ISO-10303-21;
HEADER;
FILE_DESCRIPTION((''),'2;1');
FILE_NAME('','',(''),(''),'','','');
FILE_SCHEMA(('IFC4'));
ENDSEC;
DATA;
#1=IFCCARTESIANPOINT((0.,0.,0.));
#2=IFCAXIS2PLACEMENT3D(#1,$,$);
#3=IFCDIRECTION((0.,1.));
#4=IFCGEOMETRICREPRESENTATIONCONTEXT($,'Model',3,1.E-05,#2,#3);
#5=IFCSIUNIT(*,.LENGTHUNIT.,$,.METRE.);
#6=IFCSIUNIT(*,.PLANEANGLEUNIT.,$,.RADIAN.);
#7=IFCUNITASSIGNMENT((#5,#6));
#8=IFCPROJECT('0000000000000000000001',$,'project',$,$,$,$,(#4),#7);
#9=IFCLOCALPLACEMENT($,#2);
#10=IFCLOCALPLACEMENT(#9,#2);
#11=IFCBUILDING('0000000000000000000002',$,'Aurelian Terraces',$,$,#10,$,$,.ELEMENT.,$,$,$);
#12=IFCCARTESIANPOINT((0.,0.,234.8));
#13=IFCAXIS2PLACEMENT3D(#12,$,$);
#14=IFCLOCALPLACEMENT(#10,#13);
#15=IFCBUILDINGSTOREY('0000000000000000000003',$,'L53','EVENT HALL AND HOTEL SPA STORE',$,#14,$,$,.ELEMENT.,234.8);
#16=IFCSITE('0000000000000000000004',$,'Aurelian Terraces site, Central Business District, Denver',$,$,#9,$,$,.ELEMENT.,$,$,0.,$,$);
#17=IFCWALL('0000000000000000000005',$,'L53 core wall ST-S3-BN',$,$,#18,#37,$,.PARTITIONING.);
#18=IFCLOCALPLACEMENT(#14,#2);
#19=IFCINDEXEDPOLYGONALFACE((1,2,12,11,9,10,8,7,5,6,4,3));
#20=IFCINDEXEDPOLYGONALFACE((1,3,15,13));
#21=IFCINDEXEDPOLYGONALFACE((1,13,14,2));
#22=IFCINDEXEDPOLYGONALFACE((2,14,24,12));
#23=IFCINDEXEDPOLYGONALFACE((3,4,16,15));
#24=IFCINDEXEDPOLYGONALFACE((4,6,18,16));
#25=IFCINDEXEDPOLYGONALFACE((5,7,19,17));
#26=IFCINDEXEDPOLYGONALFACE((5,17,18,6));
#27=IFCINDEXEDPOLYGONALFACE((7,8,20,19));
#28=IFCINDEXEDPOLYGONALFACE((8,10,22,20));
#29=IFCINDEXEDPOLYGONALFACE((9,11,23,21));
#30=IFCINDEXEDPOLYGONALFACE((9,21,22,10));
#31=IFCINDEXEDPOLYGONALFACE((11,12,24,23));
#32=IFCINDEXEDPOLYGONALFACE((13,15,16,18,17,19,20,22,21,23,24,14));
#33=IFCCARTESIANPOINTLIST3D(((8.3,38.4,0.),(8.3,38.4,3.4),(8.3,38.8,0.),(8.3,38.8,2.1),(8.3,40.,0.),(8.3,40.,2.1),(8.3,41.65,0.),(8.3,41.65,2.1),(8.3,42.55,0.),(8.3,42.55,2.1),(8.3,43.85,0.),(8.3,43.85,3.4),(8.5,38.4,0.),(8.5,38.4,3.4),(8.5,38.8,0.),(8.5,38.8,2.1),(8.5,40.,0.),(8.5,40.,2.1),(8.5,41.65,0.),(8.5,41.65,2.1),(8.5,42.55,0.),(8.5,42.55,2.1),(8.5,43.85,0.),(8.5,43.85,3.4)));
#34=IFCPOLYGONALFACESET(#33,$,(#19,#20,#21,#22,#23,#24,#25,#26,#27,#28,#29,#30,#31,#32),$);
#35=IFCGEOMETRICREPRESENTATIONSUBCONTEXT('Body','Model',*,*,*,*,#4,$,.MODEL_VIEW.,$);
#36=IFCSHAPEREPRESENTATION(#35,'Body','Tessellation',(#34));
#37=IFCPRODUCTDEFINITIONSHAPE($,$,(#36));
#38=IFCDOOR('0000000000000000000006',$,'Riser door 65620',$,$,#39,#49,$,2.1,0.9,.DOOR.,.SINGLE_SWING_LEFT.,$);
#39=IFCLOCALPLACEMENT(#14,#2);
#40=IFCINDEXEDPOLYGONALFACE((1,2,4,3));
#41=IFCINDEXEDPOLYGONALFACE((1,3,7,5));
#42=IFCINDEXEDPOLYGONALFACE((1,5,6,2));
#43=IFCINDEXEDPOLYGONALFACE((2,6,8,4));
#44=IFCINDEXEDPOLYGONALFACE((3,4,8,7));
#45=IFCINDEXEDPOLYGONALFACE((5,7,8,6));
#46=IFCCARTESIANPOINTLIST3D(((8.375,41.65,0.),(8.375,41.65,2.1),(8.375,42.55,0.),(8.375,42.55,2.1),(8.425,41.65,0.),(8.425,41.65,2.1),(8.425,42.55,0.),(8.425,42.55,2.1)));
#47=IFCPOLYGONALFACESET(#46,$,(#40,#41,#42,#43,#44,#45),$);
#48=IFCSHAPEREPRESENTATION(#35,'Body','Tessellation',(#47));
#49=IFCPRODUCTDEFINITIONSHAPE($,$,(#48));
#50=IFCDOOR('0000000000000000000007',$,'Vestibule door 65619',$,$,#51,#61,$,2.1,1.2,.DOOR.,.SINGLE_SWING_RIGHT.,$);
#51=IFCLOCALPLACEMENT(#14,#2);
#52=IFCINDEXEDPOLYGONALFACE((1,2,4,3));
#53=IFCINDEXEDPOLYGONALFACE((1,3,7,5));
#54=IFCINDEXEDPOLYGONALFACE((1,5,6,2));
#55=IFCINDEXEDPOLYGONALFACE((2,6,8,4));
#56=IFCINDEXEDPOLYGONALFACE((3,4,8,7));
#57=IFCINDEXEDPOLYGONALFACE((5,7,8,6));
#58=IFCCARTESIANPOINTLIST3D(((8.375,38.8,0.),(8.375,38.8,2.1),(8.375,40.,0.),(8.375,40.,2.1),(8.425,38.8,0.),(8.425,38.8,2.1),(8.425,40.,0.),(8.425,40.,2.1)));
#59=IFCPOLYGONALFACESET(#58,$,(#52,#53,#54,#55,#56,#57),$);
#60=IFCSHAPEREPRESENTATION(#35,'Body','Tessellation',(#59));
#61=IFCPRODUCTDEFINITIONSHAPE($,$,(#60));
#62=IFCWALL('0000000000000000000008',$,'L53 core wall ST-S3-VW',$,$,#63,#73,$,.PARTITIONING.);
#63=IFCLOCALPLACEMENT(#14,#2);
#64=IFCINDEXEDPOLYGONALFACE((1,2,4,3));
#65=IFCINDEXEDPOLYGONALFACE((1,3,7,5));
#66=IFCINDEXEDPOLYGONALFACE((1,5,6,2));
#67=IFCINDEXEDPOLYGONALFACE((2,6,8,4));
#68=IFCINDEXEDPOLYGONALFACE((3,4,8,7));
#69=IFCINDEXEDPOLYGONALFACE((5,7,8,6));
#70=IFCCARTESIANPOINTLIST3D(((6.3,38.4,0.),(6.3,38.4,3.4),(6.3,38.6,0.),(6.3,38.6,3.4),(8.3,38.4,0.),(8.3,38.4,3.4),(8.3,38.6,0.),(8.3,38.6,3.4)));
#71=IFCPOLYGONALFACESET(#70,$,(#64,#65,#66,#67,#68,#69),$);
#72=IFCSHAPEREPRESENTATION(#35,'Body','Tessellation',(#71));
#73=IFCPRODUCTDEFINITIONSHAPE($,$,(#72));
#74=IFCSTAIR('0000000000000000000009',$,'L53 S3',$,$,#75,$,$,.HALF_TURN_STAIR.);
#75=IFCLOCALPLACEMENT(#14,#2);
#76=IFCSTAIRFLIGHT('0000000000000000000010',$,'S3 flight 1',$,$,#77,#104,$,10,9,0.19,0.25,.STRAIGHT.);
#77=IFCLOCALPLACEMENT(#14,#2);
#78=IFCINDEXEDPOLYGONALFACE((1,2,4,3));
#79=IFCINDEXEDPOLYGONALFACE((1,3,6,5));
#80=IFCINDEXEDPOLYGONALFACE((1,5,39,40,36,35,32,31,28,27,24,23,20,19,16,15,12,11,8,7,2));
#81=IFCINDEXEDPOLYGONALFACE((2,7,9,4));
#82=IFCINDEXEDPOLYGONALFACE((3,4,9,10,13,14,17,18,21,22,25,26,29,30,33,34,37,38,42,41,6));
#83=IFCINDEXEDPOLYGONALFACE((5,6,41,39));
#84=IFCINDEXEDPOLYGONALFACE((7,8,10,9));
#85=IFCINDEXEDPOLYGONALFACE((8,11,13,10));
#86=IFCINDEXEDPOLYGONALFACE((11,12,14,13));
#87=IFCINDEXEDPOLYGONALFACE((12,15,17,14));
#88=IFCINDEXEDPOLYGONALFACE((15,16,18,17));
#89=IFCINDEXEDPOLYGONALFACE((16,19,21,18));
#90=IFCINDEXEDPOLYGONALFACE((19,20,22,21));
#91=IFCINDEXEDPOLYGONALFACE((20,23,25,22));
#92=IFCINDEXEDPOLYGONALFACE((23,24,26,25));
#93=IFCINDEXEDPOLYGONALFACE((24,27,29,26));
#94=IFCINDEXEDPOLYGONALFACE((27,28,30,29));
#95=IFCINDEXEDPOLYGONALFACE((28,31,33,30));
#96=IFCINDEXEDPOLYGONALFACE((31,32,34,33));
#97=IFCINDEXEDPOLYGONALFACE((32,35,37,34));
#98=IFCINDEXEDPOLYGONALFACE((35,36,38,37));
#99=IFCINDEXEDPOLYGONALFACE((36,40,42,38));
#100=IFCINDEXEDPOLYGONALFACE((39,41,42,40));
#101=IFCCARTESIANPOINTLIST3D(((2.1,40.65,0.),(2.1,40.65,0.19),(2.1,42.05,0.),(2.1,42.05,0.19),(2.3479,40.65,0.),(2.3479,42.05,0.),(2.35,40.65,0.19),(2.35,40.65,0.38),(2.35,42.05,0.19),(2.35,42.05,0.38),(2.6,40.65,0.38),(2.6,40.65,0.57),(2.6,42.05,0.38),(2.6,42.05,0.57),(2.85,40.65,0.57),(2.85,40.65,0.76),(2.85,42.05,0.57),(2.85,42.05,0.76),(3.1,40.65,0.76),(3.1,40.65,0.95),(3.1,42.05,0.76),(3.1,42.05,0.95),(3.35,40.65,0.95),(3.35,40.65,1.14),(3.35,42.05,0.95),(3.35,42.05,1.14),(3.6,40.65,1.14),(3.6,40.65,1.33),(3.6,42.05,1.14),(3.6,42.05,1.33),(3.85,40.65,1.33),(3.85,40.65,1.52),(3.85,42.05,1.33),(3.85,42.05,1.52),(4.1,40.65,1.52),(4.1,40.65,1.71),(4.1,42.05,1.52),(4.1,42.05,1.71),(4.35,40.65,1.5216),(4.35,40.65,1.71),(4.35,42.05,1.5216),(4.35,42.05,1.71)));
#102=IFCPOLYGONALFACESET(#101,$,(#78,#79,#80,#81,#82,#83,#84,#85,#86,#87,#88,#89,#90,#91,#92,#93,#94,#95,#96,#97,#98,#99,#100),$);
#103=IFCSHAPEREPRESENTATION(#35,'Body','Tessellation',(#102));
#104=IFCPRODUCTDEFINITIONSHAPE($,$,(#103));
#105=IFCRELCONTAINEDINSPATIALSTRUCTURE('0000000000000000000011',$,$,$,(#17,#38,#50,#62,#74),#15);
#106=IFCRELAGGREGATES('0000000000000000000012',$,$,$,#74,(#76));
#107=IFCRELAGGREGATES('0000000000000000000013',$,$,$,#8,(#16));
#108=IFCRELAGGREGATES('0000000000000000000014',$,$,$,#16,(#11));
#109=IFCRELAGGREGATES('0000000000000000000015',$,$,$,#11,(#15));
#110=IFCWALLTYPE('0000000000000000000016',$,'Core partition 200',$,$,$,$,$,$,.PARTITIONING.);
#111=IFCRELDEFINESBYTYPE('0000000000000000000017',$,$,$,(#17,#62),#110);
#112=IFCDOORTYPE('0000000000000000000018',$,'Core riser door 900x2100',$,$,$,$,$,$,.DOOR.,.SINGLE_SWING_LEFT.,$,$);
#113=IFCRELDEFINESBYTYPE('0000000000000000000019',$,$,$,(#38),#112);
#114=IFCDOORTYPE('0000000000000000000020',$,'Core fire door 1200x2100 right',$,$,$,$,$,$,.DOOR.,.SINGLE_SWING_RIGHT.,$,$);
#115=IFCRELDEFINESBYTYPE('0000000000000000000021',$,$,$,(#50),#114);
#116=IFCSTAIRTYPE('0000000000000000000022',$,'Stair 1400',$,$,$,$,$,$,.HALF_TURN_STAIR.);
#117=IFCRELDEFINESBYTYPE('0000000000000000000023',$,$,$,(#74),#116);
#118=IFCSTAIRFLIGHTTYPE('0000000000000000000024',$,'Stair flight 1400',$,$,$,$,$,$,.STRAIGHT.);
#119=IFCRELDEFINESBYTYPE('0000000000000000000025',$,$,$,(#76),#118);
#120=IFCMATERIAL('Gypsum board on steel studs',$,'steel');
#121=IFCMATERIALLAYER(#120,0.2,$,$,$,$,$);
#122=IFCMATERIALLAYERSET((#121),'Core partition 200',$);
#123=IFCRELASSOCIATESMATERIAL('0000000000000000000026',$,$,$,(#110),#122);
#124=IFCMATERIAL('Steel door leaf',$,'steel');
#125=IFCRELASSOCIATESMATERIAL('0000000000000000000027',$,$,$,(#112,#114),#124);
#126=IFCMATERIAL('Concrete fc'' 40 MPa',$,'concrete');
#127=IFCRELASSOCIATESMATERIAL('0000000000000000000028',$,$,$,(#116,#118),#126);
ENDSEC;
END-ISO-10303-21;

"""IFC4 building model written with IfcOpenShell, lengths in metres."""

from ifc_helpers import new_model, si_unit, direction, frame, frame_2d, origin, place, context, subcontext, project, spatial, polyline, rectangle, outline, extrude, source, transform, mapped, material, layer, layer_set, type_object, element, fill, aggregate, save


model = new_model("IFC4")

# Units and contexts
model_context = context("Model", 3, precision=1e-05, world=origin(), true_north=direction((0.0, 1.0)))
body_context = subcontext(model_context, "Body", "Model", "MODEL_VIEW")
ifc_project = project(units=[si_unit("LENGTHUNIT", "METRE"), si_unit("PLANEANGLEUNIT", "RADIAN")], contexts=[model_context])

# Site, building, storey
site_placement = place(None, origin())
site = spatial("IfcSite", under=ifc_project, at=site_placement, Name="Aurelian Terraces site, Central Business District, Denver", CompositionType="ELEMENT", RefElevation=0.0)
building_placement = place(site_placement, origin())
building = spatial("IfcBuilding", under=site, at=building_placement, Name="Aurelian Terraces", CompositionType="ELEMENT")
storey_placement = place(building_placement, frame((0.0, 0.0, 234.8)))
storey = spatial("IfcBuildingStorey", under=building, at=storey_placement, Name="L53", Description="EVENT HALL AND HOTEL SPA STORE", CompositionType="ELEMENT", Elevation=234.8)

# Shared definitions
ifc_material_1 = material(Name="Concrete fc' 40 MPa", Category="concrete")

# Shared definitions
ifc_material_2 = material(Name="Steel door leaf", Category="steel")

# Wall, openings, doors
ifc_material_3 = material(Name="Gypsum board on steel studs", Category="steel")
ifc_layer_1 = layer(ifc_material_3, 0.2)
ifc_layer_set_1 = layer_set([ifc_layer_1], Name="Core partition 200")
wall_type_1 = type_object("IfcWallType", Name="Core partition 200", PredefinedType="PARTITIONING", material=ifc_layer_set_1)
shared_shape_1 = source(origin(), body_context, "Body", "SweptSolid", [
    extrude(rectangle(XDim=5.45, YDim=0.2, at=frame_2d((2.725, 0.0))), origin(), (0.0, 0.0, 1.0), 3.4),
])
wall_1_placement = place(storey_placement, frame((8.4, 38.4, 0.0), z_axis=(0.0, 0.0, 1.0), x_axis=(0.0, 1.0, 0.0)))
wall_1 = element("IfcWall", 1, at=wall_1_placement, inside=storey, type_object=wall_type_1, Name="L53 core wall ST-S3-BN", PredefinedType="PARTITIONING", context=body_context, shape_type="MappedRepresentation", body=[
    mapped(shared_shape_1, transform((0.0, 0.0, 0.0), scale=1.0)),
])
shared_shape_2 = source(origin(), body_context, "Body", "SweptSolid", [
    extrude(rectangle(XDim=1.2, YDim=2.1, at=frame_2d((0.6, 1.05))), frame((0.0, 0.11, 0.0), z_axis=(0.0, -1.0, 0.0), x_axis=(1.0, 0.0, 0.0)), (0.0, 0.0, 1.0), 0.22),
])
opening_1_placement = place(wall_1_placement, frame((0.4, 0.0, 0.0)))
opening_1 = element("IfcOpeningElement", 2, at=opening_1_placement, cuts=wall_1, PredefinedType="OPENING", context=body_context, shape_type="MappedRepresentation", body=[
    mapped(shared_shape_2, transform((0.0, 0.0, 0.0), scale=1.0)),
])
shared_shape_3 = source(origin(), body_context, "Body", "SweptSolid", [
    extrude(rectangle(XDim=0.9, YDim=2.1, at=frame_2d((0.45, 1.05))), frame((0.0, 0.11, 0.0), z_axis=(0.0, -1.0, 0.0), x_axis=(1.0, 0.0, 0.0)), (0.0, 0.0, 1.0), 0.22),
])
opening_2_placement = place(wall_1_placement, frame((3.25, 0.0, 0.0)))
opening_2 = element("IfcOpeningElement", 3, at=opening_2_placement, cuts=wall_1, PredefinedType="OPENING", context=body_context, shape_type="MappedRepresentation", body=[
    mapped(shared_shape_3, transform((0.0, 0.0, 0.0), scale=1.0)),
])
door_type_1 = type_object("IfcDoorType", Name="Core riser door 900x2100", OperationType="SINGLE_SWING_LEFT", PredefinedType="DOOR", material=ifc_material_2)
shared_shape_4 = source(origin(), body_context, "Body", "SweptSolid", [
    extrude(rectangle(XDim=0.9, YDim=2.1, at=frame_2d((0.45, 1.05))), frame((0.0, 0.025, 0.0), z_axis=(0.0, -1.0, 0.0), x_axis=(1.0, 0.0, 0.0)), (0.0, 0.0, 1.0), 0.05),
])
door_1_placement = place(opening_2_placement, origin())
door_1 = element("IfcDoor", 4, at=door_1_placement, inside=storey, type_object=door_type_1, Name="Riser door 65620", OperationType="SINGLE_SWING_LEFT", OverallHeight=2.1, OverallWidth=0.9, PredefinedType="DOOR", context=body_context, shape_type="MappedRepresentation", body=[
    mapped(shared_shape_4, transform((0.0, 0.0, 0.0), scale=1.0)),
])
fill(opening_2, door_1)
door_type_2 = type_object("IfcDoorType", Name="Core fire door 1200x2100 right", OperationType="SINGLE_SWING_RIGHT", PredefinedType="DOOR", material=ifc_material_2)
shared_shape_5 = source(origin(), body_context, "Body", "SweptSolid", [
    extrude(rectangle(XDim=1.2, YDim=2.1, at=frame_2d((0.6, 1.05))), frame((0.0, 0.025, 0.0), z_axis=(0.0, -1.0, 0.0), x_axis=(1.0, 0.0, 0.0)), (0.0, 0.0, 1.0), 0.05),
])
door_2_placement = place(opening_1_placement, origin())
door_2 = element("IfcDoor", 5, at=door_2_placement, inside=storey, type_object=door_type_2, Name="Vestibule door 65619", OperationType="SINGLE_SWING_RIGHT", OverallHeight=2.1, OverallWidth=1.2, PredefinedType="DOOR", context=body_context, shape_type="MappedRepresentation", body=[
    mapped(shared_shape_5, transform((0.0, 0.0, 0.0), scale=1.0)),
])
fill(opening_1, door_2)

# Wall
shared_shape_6 = source(origin(), body_context, "Body", "SweptSolid", [
    extrude(rectangle(XDim=2.0, YDim=0.2, at=frame_2d((1.0, 0.0))), origin(), (0.0, 0.0, 1.0), 3.4),
])
wall_2_placement = place(storey_placement, frame((6.3, 38.5, 0.0), z_axis=(0.0, 0.0, 1.0), x_axis=(1.0, 0.0, 0.0)))
element("IfcWall", 6, at=wall_2_placement, inside=storey, type_object=wall_type_1, Name="L53 core wall ST-S3-VW", PredefinedType="PARTITIONING", context=body_context, shape_type="MappedRepresentation", body=[
    mapped(shared_shape_6, transform((0.0, 0.0, 0.0), scale=1.0)),
])

# Stair, stair flight
stair_type = type_object("IfcStairType", Name="Stair 1400", PredefinedType="HALF_TURN_STAIR", material=ifc_material_1)
stair_placement = place(storey_placement, origin())
stair = element("IfcStair", 7, at=stair_placement, inside=storey, type_object=stair_type, Name="L53 S3", PredefinedType="HALF_TURN_STAIR")
stair_flight_type = type_object("IfcStairFlightType", Name="Stair flight 1400", PredefinedType="STRAIGHT", material=ifc_material_1)
shared_shape_7 = source(origin(), body_context, "Body", "SweptSolid", [
    extrude(outline(polyline([(0.0, 0.0), (0.0, 0.19), (0.25, 0.19), (0.25, 0.38), (0.5, 0.38), (0.5, 0.57), (0.75, 0.57), (0.75, 0.76), (1.0, 0.76), (1.0, 0.95), (1.25, 0.95), (1.25, 1.14), (1.5, 1.14), (1.5, 1.33), (1.75, 1.33), (1.75, 1.52), (2.0, 1.52), (2.0, 1.71), (2.25, 1.71), (2.25, 1.9), (2.25, 1.5216), (0.2479, 0.0), (0.0, 0.0)])), frame((0.0, 0.7, 0.0), z_axis=(0.0, -1.0, 0.0), x_axis=(1.0, 0.0, 0.0)), (0.0, 0.0, 1.0), 1.4),
])
stair_flight_placement = place(storey_placement, frame((2.1, 41.35, 0.0), z_axis=(0.0, 0.0, 1.0), x_axis=(1.0, 0.0, 0.0)))
stair_flight = element("IfcStairFlight", 8, at=stair_flight_placement, type_object=stair_flight_type, Name="S3 flight 1", NumberOfRisers=10, NumberOfTreads=9, PredefinedType="STRAIGHT", RiserHeight=0.19, TreadLength=0.25, context=body_context, shape_type="MappedRepresentation", body=[
    mapped(shared_shape_7, transform((0.0, 0.0, 0.0), scale=1.0)),
])
aggregate(stair, [stair_flight])

save(model, "model.ifc")
